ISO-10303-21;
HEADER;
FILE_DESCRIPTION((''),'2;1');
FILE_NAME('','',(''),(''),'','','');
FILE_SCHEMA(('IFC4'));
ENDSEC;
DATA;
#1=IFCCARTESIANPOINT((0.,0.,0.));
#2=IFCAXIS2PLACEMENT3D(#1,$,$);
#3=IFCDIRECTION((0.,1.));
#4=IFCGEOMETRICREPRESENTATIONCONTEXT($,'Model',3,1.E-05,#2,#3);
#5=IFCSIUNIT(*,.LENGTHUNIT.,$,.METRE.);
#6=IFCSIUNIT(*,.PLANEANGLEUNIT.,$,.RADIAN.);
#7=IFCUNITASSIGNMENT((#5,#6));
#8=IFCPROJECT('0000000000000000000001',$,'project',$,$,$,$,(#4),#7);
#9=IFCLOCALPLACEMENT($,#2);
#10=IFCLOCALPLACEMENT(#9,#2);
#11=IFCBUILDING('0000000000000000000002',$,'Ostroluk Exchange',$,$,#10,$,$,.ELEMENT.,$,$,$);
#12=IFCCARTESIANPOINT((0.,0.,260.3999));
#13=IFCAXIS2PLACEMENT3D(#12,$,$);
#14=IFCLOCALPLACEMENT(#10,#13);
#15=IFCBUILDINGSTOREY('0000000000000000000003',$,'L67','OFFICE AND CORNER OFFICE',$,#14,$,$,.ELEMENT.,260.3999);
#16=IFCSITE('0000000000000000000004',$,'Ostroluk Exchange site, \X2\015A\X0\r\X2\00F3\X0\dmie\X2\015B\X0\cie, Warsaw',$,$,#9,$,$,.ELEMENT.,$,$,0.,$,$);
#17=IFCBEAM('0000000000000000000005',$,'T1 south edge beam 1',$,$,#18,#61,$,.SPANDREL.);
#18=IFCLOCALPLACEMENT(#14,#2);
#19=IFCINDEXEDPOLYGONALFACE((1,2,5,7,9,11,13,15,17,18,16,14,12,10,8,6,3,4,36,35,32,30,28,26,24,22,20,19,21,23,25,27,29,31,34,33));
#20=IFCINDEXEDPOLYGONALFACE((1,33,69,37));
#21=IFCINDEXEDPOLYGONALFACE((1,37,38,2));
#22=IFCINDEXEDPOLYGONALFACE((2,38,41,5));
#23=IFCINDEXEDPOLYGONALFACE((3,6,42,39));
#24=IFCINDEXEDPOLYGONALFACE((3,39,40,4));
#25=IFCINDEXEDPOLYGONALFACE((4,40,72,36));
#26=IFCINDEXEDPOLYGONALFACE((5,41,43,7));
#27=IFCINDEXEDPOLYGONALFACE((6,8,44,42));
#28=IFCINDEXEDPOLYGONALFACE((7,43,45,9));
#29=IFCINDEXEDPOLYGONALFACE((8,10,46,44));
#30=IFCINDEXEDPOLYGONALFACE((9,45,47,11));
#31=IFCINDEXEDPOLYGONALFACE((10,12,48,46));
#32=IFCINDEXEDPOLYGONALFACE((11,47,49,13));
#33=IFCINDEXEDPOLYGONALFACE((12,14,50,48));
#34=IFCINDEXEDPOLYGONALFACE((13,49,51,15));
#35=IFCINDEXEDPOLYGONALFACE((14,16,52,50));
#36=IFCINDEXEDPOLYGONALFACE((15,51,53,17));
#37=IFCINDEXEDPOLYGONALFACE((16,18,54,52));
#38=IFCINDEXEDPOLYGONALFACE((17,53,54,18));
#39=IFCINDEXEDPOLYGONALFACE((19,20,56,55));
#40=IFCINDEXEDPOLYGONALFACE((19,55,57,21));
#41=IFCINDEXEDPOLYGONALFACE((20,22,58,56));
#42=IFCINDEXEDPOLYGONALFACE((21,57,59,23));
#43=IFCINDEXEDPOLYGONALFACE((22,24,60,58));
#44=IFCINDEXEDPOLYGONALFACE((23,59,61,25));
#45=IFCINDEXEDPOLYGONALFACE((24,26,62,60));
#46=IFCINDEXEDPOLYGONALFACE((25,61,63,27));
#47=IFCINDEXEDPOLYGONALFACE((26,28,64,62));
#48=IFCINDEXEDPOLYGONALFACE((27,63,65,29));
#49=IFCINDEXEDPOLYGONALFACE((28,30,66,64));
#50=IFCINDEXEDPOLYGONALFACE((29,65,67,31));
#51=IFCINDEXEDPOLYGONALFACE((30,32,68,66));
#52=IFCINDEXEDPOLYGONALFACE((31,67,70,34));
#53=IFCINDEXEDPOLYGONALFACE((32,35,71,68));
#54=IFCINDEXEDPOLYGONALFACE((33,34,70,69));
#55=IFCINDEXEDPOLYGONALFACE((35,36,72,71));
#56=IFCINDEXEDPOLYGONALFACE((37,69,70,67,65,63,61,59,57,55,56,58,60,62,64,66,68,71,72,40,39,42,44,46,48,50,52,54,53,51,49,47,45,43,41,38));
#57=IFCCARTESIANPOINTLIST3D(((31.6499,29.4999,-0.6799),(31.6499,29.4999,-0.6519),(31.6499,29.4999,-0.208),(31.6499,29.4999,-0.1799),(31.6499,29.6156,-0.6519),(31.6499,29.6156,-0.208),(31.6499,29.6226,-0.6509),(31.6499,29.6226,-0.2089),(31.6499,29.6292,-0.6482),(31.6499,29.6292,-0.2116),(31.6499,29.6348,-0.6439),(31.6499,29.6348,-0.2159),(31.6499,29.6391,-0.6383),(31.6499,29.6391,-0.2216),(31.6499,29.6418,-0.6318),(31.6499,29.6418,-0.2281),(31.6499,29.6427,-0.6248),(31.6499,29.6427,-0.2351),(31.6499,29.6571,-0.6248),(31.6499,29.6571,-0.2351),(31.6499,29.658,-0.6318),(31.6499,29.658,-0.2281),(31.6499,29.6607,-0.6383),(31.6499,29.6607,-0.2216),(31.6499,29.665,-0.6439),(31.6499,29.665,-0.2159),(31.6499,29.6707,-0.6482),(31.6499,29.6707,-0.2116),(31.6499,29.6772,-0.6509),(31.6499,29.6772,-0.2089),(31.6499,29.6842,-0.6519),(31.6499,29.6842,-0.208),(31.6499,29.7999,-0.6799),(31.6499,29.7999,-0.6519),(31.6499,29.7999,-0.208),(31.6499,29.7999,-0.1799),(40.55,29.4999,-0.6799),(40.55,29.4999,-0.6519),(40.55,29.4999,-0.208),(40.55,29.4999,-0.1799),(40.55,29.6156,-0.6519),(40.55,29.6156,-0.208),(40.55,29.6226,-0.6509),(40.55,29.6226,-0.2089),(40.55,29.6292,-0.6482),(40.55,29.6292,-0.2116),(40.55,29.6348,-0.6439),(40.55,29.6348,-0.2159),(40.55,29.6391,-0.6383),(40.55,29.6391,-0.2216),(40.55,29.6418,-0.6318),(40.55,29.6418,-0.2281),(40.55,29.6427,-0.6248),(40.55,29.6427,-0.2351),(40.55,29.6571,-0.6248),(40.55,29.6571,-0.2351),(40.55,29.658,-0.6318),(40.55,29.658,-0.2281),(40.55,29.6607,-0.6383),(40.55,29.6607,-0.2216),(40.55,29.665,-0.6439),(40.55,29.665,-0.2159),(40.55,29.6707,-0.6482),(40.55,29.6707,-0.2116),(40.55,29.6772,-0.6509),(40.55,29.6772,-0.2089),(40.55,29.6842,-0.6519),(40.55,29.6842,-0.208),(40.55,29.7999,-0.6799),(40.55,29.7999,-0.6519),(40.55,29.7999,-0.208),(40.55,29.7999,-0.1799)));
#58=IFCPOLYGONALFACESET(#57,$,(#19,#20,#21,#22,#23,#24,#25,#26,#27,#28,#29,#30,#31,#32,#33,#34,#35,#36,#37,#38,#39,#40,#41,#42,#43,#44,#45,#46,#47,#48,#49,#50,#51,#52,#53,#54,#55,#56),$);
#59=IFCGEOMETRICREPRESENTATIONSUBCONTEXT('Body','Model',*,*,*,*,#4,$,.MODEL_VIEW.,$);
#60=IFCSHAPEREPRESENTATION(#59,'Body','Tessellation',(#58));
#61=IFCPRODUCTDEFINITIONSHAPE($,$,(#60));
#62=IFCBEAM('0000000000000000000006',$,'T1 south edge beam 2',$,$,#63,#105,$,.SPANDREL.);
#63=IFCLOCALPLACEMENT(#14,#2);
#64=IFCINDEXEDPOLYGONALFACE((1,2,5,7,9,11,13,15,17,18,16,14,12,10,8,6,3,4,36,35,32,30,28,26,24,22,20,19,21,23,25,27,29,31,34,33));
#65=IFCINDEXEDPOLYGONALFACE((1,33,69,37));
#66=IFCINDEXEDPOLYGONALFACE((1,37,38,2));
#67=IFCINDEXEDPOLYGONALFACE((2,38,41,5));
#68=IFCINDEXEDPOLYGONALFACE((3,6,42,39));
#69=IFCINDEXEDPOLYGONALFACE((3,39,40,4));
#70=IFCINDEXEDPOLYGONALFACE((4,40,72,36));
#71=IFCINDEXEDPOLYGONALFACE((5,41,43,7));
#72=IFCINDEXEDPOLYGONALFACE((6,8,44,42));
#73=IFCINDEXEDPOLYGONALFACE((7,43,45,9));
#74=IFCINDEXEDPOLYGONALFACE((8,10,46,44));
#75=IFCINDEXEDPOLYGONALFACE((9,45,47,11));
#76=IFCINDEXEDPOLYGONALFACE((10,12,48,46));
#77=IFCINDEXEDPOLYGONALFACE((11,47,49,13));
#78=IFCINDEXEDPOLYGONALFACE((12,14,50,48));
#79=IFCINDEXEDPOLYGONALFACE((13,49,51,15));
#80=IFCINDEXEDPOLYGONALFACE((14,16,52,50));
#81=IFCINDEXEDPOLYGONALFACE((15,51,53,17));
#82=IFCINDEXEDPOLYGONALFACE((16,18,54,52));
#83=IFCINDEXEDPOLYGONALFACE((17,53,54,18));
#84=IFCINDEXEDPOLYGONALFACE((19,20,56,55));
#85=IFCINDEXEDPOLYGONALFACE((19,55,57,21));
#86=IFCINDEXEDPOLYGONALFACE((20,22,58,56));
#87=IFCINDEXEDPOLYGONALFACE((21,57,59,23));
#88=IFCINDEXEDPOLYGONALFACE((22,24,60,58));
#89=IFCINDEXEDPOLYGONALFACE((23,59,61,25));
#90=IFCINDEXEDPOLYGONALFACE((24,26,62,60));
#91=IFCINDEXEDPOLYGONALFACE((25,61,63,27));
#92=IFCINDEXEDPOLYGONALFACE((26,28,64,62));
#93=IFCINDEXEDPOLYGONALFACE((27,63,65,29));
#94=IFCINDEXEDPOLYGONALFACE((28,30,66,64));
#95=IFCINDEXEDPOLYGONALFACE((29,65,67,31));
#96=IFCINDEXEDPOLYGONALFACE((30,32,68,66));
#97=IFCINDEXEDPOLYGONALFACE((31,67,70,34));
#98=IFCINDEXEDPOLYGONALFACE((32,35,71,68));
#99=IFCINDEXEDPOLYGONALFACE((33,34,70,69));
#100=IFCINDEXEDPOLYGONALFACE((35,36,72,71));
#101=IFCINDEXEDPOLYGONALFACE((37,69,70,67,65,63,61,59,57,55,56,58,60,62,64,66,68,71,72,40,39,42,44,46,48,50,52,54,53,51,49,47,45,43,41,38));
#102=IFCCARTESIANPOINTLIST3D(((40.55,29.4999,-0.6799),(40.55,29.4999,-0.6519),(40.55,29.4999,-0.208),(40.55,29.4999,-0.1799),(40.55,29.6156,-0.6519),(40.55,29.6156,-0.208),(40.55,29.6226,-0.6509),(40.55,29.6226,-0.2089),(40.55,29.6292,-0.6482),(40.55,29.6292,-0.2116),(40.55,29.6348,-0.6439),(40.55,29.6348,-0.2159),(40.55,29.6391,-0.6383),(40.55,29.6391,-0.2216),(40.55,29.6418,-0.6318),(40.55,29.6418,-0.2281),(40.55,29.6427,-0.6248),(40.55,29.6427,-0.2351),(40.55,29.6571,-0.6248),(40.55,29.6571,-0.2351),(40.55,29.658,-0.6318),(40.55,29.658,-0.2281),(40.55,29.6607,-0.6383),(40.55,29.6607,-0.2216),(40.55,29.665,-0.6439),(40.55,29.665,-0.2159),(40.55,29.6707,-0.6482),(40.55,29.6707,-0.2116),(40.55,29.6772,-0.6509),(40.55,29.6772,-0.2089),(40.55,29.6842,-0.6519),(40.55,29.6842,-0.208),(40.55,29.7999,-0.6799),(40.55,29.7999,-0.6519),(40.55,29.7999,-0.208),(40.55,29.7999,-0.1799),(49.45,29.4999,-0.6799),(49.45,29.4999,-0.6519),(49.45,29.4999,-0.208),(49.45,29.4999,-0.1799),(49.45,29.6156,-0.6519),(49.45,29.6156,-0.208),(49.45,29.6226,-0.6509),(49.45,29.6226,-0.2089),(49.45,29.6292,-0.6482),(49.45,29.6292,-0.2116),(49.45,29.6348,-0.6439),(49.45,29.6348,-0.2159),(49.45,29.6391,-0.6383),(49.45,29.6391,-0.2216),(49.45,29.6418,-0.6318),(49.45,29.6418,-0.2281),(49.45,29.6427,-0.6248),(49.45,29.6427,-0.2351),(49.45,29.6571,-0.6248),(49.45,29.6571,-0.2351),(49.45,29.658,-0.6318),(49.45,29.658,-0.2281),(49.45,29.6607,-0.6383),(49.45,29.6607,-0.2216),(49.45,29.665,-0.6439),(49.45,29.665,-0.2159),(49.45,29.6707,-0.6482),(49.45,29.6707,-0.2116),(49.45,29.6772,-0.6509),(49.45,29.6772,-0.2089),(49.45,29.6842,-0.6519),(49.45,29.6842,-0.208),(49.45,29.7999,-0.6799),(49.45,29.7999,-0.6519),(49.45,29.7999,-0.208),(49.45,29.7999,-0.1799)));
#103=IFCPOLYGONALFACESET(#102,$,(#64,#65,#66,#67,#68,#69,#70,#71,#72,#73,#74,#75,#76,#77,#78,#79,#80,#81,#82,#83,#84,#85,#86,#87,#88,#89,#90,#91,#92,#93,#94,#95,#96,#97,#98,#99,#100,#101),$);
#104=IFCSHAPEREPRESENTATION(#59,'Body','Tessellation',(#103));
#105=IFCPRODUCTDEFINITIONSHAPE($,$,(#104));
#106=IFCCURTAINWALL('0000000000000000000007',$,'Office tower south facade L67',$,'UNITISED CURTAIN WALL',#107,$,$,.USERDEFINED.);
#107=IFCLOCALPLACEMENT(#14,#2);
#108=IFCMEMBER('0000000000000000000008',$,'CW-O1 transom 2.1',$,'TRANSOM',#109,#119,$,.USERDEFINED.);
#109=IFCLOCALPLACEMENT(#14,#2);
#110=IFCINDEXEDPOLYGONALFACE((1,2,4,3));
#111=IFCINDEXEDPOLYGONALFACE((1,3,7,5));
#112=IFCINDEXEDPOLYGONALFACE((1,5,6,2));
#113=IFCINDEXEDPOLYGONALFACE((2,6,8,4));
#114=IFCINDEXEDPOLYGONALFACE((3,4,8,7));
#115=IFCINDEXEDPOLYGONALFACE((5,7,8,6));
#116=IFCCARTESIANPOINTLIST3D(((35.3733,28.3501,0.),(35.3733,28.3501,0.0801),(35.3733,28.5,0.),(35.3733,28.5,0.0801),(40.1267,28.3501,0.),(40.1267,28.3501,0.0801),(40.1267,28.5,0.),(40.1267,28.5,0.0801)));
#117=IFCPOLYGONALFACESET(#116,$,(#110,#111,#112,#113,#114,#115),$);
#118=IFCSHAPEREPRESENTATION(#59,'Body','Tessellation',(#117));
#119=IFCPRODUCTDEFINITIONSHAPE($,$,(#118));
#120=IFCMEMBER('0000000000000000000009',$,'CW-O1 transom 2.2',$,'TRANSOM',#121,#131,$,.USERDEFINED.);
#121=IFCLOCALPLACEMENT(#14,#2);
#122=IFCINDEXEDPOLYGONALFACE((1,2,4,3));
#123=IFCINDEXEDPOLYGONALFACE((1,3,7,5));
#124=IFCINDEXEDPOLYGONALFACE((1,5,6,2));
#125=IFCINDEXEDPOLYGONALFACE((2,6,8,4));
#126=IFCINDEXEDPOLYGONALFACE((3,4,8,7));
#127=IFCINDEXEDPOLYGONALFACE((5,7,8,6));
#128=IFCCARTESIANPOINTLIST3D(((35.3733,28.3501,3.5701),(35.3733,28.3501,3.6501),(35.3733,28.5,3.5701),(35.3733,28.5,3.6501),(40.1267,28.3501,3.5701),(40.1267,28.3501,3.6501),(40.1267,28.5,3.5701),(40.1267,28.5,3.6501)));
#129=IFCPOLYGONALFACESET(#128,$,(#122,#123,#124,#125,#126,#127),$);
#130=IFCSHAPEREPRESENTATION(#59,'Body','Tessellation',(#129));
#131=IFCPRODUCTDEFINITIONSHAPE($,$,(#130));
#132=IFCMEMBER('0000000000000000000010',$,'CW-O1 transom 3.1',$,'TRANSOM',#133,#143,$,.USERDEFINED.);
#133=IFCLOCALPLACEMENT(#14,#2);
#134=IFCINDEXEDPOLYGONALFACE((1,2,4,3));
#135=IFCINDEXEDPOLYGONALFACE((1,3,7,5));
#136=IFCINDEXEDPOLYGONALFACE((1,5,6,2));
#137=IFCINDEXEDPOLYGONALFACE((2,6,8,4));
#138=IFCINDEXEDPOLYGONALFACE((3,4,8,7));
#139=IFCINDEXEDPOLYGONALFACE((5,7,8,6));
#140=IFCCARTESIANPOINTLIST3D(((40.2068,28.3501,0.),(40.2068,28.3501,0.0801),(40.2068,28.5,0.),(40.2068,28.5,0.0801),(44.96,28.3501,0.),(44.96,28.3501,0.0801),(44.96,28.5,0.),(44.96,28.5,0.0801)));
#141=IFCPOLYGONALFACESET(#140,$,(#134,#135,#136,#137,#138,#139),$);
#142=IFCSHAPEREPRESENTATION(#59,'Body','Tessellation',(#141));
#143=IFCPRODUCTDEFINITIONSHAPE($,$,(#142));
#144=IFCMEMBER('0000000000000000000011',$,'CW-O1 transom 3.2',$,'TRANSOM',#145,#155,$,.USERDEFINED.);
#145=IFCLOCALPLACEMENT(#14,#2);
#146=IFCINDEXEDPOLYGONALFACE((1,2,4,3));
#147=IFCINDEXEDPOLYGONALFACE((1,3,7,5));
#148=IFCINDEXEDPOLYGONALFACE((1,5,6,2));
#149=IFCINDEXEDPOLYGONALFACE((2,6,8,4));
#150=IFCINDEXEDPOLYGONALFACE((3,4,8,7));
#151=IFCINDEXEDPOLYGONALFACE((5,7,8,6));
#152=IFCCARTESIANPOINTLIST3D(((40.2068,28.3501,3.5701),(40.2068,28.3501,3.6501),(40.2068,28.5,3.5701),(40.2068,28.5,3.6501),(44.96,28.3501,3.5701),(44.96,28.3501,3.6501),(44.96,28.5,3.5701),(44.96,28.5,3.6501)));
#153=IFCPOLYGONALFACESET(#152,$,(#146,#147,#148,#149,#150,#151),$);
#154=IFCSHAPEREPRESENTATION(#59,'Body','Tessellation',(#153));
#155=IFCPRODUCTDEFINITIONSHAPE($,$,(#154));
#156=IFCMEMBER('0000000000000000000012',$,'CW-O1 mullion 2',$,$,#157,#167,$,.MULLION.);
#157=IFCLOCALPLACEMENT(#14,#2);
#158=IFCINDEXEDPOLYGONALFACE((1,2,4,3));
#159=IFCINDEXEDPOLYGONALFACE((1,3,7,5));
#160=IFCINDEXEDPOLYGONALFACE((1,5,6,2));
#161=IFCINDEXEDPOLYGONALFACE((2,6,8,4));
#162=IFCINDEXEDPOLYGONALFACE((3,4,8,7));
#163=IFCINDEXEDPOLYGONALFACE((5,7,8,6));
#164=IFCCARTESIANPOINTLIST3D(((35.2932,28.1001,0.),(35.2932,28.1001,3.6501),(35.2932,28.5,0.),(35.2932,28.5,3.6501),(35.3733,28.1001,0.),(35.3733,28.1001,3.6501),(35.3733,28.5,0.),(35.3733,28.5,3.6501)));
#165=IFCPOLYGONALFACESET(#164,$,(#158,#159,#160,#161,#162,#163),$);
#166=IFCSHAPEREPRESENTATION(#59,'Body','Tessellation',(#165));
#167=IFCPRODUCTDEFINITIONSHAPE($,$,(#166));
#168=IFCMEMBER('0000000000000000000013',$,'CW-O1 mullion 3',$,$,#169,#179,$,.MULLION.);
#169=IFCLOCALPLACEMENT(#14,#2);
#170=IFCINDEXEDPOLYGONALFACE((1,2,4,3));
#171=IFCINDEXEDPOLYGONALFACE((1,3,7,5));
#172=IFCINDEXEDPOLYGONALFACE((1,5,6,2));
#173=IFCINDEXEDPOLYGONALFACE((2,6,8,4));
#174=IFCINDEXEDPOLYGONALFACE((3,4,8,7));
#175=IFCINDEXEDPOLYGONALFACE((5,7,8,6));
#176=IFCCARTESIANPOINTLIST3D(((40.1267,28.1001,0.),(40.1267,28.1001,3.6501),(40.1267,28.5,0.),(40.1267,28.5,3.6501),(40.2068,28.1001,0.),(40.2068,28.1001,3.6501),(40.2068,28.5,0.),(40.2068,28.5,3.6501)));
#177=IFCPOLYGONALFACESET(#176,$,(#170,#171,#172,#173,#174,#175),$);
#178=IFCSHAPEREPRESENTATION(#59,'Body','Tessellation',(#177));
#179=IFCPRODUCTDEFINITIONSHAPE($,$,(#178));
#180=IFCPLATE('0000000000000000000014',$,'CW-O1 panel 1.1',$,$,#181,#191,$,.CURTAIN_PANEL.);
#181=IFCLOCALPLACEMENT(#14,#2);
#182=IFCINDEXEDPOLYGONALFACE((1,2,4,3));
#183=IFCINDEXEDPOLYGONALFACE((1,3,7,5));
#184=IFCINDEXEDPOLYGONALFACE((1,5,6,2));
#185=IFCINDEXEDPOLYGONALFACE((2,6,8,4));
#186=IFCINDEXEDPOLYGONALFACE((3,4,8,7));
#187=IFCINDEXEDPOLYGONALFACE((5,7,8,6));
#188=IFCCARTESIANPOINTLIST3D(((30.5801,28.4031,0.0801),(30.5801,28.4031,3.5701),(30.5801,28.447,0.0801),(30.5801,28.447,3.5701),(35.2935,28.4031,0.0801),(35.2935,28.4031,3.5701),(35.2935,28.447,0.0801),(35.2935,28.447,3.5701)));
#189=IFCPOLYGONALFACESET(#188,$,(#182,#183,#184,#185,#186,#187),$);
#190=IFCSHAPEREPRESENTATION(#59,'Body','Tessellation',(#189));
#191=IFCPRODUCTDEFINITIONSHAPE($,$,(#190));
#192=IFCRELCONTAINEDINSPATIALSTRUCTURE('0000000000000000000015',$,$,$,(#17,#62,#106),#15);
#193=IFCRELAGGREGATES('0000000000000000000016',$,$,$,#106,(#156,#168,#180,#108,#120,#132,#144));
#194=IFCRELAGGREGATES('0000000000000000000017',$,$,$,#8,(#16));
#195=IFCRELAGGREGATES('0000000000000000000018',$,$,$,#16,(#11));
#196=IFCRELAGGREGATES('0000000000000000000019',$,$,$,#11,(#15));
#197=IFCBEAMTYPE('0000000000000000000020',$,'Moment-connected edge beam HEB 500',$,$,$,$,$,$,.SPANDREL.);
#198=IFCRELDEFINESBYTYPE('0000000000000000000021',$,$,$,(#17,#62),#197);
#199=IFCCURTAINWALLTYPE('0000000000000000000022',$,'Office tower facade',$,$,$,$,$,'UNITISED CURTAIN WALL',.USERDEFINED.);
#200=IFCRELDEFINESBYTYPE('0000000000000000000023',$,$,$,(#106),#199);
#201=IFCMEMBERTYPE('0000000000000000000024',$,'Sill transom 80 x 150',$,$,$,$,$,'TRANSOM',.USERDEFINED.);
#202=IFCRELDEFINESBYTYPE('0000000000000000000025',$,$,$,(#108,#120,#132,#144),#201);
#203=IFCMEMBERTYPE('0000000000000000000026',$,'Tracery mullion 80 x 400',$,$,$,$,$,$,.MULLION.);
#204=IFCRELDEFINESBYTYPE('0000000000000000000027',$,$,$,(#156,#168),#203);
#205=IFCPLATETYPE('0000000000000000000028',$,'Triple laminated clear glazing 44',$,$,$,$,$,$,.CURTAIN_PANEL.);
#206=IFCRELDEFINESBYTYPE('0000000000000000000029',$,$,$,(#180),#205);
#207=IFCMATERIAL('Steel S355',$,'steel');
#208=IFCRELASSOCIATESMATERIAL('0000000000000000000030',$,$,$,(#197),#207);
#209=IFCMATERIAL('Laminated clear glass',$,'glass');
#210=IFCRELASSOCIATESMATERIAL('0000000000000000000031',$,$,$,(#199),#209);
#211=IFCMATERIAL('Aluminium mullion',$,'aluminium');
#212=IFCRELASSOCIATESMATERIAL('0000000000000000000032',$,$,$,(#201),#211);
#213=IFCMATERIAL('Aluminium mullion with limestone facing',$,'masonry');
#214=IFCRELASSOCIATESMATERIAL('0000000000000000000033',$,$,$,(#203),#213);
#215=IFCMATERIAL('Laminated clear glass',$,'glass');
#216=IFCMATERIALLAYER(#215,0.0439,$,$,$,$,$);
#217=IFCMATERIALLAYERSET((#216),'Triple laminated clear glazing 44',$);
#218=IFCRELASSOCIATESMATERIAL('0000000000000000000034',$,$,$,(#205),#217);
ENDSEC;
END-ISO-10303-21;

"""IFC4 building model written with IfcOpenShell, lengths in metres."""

from ifc_helpers import new_model, si_unit, direction, frame, origin, origin_2d, place, context, subcontext, project, spatial, rectangle, i_section, extrude, material, layer, layer_set, material_profile, profile_set, type_object, element, aggregate, save


model = new_model("IFC4")

# Units and contexts
model_context = context("Model", 3, precision=1e-05, world=origin(), true_north=direction((0.0, 1.0)))
body_context = subcontext(model_context, "Body", "Model", "MODEL_VIEW")
ifc_project = project(units=[si_unit("LENGTHUNIT", "METRE"), si_unit("PLANEANGLEUNIT", "RADIAN")], contexts=[model_context])

# Site, building, storey
site_placement = place(None, origin())
site = spatial("IfcSite", under=ifc_project, at=site_placement, Name="Ostroluk Exchange site, Śródmieście, Warsaw", CompositionType="ELEMENT", RefElevation=0.0)
building_placement = place(site_placement, origin())
building = spatial("IfcBuilding", under=site, at=building_placement, Name="Ostroluk Exchange", CompositionType="ELEMENT")
storey_placement = place(building_placement, frame((0.0, 0.0, 260.3999)))
storey = spatial("IfcBuildingStorey", under=building, at=storey_placement, Name="L67", Description="OFFICE AND CORNER OFFICE", CompositionType="ELEMENT", Elevation=260.3999)

# Beams
ifc_material_1 = material(Name="Steel S355", Category="steel")
ifc_material_profile_1 = material_profile(ifc_material_1, i_section(OverallWidth=0.3, OverallDepth=0.5, WebThickness=0.0144, FlangeThickness=0.0281, FilletRadius=0.0271, at=origin_2d()), Name="HEB 500")
ifc_profile_set_1 = profile_set([ifc_material_profile_1], Name="Steel S355")
beam_type_1 = type_object("IfcBeamType", Name="Moment-connected edge beam HEB 500", PredefinedType="SPANDREL", material=ifc_profile_set_1)
beam_1_placement = place(storey_placement, frame((31.6499, 29.6499, -0.4299), z_axis=(1.0, 0.0, 0.0), x_axis=(0.0, 1.0, 0.0)))
element("IfcBeam", 1, at=beam_1_placement, inside=storey, type_object=beam_type_1, Name="T1 south edge beam 1", PredefinedType="SPANDREL", context=body_context, shape_type="SweptSolid", body=[
    extrude(i_section(OverallWidth=0.3, OverallDepth=0.5, WebThickness=0.0144, FlangeThickness=0.0281, FilletRadius=0.0271, at=origin_2d()), origin(), (0.0, 0.0, 1.0), 8.9001),
])
beam_2_placement = place(storey_placement, frame((40.55, 29.6499, -0.4299), z_axis=(1.0, 0.0, 0.0), x_axis=(0.0, 1.0, 0.0)))
element("IfcBeam", 2, at=beam_2_placement, inside=storey, type_object=beam_type_1, Name="T1 south edge beam 2", PredefinedType="SPANDREL", context=body_context, shape_type="SweptSolid", body=[
    extrude(i_section(OverallWidth=0.3, OverallDepth=0.5, WebThickness=0.0144, FlangeThickness=0.0281, FilletRadius=0.0271, at=origin_2d()), origin(), (0.0, 0.0, 1.0), 8.8999),
])

# Curtain wall, members, plate
ifc_material_2 = material(Name="Laminated clear glass", Category="glass")
curtain_wall_type = type_object("IfcCurtainWallType", Name="Office tower facade", ElementType="UNITISED CURTAIN WALL", PredefinedType="USERDEFINED", material=ifc_material_2)
curtain_wall_placement = place(storey_placement, origin())
curtain_wall = element("IfcCurtainWall", 3, at=curtain_wall_placement, inside=storey, type_object=curtain_wall_type, Name="Office tower south facade L67", ObjectType="UNITISED CURTAIN WALL", PredefinedType="USERDEFINED")
ifc_material_3 = material(Name="Aluminium mullion", Category="aluminium")
ifc_material_profile_2 = material_profile(ifc_material_3, rectangle(XDim=0.1499, YDim=0.0801, at=origin_2d()), Name="Sill transom 80 x 150")
ifc_profile_set_2 = profile_set([ifc_material_profile_2], Name="Aluminium mullion")
member_type_1 = type_object("IfcMemberType", Name="Sill transom 80 x 150", ElementType="TRANSOM", PredefinedType="USERDEFINED", material=ifc_profile_set_2)
member_1_placement = place(storey_placement, frame((35.3733, 28.425, 0.04), z_axis=(1.0, 0.0, 0.0), x_axis=(0.0, 1.0, 0.0)))
member_1 = element("IfcMember", 4, at=member_1_placement, type_object=member_type_1, Name="CW-O1 transom 2.1", ObjectType="TRANSOM", PredefinedType="USERDEFINED", context=body_context, shape_type="SweptSolid", body=[
    extrude(rectangle(XDim=0.1499, YDim=0.0801, at=origin_2d()), origin(), (0.0, 0.0, 1.0), 4.7534),
])
member_2_placement = place(storey_placement, frame((35.3733, 28.425, 3.6101), z_axis=(1.0, 0.0, 0.0), x_axis=(0.0, 1.0, 0.0)))
member_2 = element("IfcMember", 5, at=member_2_placement, type_object=member_type_1, Name="CW-O1 transom 2.2", ObjectType="TRANSOM", PredefinedType="USERDEFINED", context=body_context, shape_type="SweptSolid", body=[
    extrude(rectangle(XDim=0.1499, YDim=0.0801, at=origin_2d()), origin(), (0.0, 0.0, 1.0), 4.7534),
])
member_3_placement = place(storey_placement, frame((40.2068, 28.425, 0.04), z_axis=(1.0, 0.0, 0.0), x_axis=(0.0, 1.0, 0.0)))
member_3 = element("IfcMember", 6, at=member_3_placement, type_object=member_type_1, Name="CW-O1 transom 3.1", ObjectType="TRANSOM", PredefinedType="USERDEFINED", context=body_context, shape_type="SweptSolid", body=[
    extrude(rectangle(XDim=0.1499, YDim=0.0801, at=origin_2d()), origin(), (0.0, 0.0, 1.0), 4.7532),
])
member_4_placement = place(storey_placement, frame((40.2068, 28.425, 3.6101), z_axis=(1.0, 0.0, 0.0), x_axis=(0.0, 1.0, 0.0)))
member_4 = element("IfcMember", 7, at=member_4_placement, type_object=member_type_1, Name="CW-O1 transom 3.2", ObjectType="TRANSOM", PredefinedType="USERDEFINED", context=body_context, shape_type="SweptSolid", body=[
    extrude(rectangle(XDim=0.1499, YDim=0.0801, at=origin_2d()), origin(), (0.0, 0.0, 1.0), 4.7532),
])
ifc_material_4 = material(Name="Aluminium mullion with limestone facing", Category="masonry")
ifc_material_profile_3 = material_profile(ifc_material_4, rectangle(XDim=0.3999, YDim=0.0801, at=origin_2d()), Name="Tracery mullion 80 x 400")
ifc_profile_set_3 = profile_set([ifc_material_profile_3], Name="Aluminium mullion with limestone facing")
member_type_2 = type_object("IfcMemberType", Name="Tracery mullion 80 x 400", PredefinedType="MULLION", material=ifc_profile_set_3)
member_5_placement = place(storey_placement, frame((35.3333, 28.3, 0.0), z_axis=(0.0, 0.0, 1.0), x_axis=(0.0, 1.0, 0.0)))
member_5 = element("IfcMember", 8, at=member_5_placement, type_object=member_type_2, Name="CW-O1 mullion 2", PredefinedType="MULLION", context=body_context, shape_type="SweptSolid", body=[
    extrude(rectangle(XDim=0.3999, YDim=0.0801, at=origin_2d()), origin(), (0.0, 0.0, 1.0), 3.6501),
])
member_6_placement = place(storey_placement, frame((40.1667, 28.3, 0.0), z_axis=(0.0, 0.0, 1.0), x_axis=(0.0, 1.0, 0.0)))
member_6 = element("IfcMember", 9, at=member_6_placement, type_object=member_type_2, Name="CW-O1 mullion 3", PredefinedType="MULLION", context=body_context, shape_type="SweptSolid", body=[
    extrude(rectangle(XDim=0.3999, YDim=0.0801, at=origin_2d()), origin(), (0.0, 0.0, 1.0), 3.6501),
])
ifc_material_5 = material(Name="Laminated clear glass", Category="glass")
ifc_layer_1 = layer(ifc_material_5, 0.0439)
ifc_layer_set_1 = layer_set([ifc_layer_1], Name="Triple laminated clear glazing 44")
plate_type = type_object("IfcPlateType", Name="Triple laminated clear glazing 44", PredefinedType="CURTAIN_PANEL", material=ifc_layer_set_1)
plate_1_placement = place(storey_placement, frame((32.9368, 28.425, 0.0801), z_axis=(0.0, 0.0, 1.0), x_axis=(1.0, 0.0, 0.0)))
plate_1 = element("IfcPlate", 10, at=plate_1_placement, type_object=plate_type, Name="CW-O1 panel 1.1", PredefinedType="CURTAIN_PANEL", context=body_context, shape_type="SweptSolid", body=[
    extrude(rectangle(XDim=4.7134, YDim=0.0439, at=origin_2d()), origin(), (0.0, 0.0, 1.0), 3.49),
])
aggregate(curtain_wall, [member_5, member_6, plate_1, member_1, member_2, member_3, member_4])

save(model, "model.ifc")
